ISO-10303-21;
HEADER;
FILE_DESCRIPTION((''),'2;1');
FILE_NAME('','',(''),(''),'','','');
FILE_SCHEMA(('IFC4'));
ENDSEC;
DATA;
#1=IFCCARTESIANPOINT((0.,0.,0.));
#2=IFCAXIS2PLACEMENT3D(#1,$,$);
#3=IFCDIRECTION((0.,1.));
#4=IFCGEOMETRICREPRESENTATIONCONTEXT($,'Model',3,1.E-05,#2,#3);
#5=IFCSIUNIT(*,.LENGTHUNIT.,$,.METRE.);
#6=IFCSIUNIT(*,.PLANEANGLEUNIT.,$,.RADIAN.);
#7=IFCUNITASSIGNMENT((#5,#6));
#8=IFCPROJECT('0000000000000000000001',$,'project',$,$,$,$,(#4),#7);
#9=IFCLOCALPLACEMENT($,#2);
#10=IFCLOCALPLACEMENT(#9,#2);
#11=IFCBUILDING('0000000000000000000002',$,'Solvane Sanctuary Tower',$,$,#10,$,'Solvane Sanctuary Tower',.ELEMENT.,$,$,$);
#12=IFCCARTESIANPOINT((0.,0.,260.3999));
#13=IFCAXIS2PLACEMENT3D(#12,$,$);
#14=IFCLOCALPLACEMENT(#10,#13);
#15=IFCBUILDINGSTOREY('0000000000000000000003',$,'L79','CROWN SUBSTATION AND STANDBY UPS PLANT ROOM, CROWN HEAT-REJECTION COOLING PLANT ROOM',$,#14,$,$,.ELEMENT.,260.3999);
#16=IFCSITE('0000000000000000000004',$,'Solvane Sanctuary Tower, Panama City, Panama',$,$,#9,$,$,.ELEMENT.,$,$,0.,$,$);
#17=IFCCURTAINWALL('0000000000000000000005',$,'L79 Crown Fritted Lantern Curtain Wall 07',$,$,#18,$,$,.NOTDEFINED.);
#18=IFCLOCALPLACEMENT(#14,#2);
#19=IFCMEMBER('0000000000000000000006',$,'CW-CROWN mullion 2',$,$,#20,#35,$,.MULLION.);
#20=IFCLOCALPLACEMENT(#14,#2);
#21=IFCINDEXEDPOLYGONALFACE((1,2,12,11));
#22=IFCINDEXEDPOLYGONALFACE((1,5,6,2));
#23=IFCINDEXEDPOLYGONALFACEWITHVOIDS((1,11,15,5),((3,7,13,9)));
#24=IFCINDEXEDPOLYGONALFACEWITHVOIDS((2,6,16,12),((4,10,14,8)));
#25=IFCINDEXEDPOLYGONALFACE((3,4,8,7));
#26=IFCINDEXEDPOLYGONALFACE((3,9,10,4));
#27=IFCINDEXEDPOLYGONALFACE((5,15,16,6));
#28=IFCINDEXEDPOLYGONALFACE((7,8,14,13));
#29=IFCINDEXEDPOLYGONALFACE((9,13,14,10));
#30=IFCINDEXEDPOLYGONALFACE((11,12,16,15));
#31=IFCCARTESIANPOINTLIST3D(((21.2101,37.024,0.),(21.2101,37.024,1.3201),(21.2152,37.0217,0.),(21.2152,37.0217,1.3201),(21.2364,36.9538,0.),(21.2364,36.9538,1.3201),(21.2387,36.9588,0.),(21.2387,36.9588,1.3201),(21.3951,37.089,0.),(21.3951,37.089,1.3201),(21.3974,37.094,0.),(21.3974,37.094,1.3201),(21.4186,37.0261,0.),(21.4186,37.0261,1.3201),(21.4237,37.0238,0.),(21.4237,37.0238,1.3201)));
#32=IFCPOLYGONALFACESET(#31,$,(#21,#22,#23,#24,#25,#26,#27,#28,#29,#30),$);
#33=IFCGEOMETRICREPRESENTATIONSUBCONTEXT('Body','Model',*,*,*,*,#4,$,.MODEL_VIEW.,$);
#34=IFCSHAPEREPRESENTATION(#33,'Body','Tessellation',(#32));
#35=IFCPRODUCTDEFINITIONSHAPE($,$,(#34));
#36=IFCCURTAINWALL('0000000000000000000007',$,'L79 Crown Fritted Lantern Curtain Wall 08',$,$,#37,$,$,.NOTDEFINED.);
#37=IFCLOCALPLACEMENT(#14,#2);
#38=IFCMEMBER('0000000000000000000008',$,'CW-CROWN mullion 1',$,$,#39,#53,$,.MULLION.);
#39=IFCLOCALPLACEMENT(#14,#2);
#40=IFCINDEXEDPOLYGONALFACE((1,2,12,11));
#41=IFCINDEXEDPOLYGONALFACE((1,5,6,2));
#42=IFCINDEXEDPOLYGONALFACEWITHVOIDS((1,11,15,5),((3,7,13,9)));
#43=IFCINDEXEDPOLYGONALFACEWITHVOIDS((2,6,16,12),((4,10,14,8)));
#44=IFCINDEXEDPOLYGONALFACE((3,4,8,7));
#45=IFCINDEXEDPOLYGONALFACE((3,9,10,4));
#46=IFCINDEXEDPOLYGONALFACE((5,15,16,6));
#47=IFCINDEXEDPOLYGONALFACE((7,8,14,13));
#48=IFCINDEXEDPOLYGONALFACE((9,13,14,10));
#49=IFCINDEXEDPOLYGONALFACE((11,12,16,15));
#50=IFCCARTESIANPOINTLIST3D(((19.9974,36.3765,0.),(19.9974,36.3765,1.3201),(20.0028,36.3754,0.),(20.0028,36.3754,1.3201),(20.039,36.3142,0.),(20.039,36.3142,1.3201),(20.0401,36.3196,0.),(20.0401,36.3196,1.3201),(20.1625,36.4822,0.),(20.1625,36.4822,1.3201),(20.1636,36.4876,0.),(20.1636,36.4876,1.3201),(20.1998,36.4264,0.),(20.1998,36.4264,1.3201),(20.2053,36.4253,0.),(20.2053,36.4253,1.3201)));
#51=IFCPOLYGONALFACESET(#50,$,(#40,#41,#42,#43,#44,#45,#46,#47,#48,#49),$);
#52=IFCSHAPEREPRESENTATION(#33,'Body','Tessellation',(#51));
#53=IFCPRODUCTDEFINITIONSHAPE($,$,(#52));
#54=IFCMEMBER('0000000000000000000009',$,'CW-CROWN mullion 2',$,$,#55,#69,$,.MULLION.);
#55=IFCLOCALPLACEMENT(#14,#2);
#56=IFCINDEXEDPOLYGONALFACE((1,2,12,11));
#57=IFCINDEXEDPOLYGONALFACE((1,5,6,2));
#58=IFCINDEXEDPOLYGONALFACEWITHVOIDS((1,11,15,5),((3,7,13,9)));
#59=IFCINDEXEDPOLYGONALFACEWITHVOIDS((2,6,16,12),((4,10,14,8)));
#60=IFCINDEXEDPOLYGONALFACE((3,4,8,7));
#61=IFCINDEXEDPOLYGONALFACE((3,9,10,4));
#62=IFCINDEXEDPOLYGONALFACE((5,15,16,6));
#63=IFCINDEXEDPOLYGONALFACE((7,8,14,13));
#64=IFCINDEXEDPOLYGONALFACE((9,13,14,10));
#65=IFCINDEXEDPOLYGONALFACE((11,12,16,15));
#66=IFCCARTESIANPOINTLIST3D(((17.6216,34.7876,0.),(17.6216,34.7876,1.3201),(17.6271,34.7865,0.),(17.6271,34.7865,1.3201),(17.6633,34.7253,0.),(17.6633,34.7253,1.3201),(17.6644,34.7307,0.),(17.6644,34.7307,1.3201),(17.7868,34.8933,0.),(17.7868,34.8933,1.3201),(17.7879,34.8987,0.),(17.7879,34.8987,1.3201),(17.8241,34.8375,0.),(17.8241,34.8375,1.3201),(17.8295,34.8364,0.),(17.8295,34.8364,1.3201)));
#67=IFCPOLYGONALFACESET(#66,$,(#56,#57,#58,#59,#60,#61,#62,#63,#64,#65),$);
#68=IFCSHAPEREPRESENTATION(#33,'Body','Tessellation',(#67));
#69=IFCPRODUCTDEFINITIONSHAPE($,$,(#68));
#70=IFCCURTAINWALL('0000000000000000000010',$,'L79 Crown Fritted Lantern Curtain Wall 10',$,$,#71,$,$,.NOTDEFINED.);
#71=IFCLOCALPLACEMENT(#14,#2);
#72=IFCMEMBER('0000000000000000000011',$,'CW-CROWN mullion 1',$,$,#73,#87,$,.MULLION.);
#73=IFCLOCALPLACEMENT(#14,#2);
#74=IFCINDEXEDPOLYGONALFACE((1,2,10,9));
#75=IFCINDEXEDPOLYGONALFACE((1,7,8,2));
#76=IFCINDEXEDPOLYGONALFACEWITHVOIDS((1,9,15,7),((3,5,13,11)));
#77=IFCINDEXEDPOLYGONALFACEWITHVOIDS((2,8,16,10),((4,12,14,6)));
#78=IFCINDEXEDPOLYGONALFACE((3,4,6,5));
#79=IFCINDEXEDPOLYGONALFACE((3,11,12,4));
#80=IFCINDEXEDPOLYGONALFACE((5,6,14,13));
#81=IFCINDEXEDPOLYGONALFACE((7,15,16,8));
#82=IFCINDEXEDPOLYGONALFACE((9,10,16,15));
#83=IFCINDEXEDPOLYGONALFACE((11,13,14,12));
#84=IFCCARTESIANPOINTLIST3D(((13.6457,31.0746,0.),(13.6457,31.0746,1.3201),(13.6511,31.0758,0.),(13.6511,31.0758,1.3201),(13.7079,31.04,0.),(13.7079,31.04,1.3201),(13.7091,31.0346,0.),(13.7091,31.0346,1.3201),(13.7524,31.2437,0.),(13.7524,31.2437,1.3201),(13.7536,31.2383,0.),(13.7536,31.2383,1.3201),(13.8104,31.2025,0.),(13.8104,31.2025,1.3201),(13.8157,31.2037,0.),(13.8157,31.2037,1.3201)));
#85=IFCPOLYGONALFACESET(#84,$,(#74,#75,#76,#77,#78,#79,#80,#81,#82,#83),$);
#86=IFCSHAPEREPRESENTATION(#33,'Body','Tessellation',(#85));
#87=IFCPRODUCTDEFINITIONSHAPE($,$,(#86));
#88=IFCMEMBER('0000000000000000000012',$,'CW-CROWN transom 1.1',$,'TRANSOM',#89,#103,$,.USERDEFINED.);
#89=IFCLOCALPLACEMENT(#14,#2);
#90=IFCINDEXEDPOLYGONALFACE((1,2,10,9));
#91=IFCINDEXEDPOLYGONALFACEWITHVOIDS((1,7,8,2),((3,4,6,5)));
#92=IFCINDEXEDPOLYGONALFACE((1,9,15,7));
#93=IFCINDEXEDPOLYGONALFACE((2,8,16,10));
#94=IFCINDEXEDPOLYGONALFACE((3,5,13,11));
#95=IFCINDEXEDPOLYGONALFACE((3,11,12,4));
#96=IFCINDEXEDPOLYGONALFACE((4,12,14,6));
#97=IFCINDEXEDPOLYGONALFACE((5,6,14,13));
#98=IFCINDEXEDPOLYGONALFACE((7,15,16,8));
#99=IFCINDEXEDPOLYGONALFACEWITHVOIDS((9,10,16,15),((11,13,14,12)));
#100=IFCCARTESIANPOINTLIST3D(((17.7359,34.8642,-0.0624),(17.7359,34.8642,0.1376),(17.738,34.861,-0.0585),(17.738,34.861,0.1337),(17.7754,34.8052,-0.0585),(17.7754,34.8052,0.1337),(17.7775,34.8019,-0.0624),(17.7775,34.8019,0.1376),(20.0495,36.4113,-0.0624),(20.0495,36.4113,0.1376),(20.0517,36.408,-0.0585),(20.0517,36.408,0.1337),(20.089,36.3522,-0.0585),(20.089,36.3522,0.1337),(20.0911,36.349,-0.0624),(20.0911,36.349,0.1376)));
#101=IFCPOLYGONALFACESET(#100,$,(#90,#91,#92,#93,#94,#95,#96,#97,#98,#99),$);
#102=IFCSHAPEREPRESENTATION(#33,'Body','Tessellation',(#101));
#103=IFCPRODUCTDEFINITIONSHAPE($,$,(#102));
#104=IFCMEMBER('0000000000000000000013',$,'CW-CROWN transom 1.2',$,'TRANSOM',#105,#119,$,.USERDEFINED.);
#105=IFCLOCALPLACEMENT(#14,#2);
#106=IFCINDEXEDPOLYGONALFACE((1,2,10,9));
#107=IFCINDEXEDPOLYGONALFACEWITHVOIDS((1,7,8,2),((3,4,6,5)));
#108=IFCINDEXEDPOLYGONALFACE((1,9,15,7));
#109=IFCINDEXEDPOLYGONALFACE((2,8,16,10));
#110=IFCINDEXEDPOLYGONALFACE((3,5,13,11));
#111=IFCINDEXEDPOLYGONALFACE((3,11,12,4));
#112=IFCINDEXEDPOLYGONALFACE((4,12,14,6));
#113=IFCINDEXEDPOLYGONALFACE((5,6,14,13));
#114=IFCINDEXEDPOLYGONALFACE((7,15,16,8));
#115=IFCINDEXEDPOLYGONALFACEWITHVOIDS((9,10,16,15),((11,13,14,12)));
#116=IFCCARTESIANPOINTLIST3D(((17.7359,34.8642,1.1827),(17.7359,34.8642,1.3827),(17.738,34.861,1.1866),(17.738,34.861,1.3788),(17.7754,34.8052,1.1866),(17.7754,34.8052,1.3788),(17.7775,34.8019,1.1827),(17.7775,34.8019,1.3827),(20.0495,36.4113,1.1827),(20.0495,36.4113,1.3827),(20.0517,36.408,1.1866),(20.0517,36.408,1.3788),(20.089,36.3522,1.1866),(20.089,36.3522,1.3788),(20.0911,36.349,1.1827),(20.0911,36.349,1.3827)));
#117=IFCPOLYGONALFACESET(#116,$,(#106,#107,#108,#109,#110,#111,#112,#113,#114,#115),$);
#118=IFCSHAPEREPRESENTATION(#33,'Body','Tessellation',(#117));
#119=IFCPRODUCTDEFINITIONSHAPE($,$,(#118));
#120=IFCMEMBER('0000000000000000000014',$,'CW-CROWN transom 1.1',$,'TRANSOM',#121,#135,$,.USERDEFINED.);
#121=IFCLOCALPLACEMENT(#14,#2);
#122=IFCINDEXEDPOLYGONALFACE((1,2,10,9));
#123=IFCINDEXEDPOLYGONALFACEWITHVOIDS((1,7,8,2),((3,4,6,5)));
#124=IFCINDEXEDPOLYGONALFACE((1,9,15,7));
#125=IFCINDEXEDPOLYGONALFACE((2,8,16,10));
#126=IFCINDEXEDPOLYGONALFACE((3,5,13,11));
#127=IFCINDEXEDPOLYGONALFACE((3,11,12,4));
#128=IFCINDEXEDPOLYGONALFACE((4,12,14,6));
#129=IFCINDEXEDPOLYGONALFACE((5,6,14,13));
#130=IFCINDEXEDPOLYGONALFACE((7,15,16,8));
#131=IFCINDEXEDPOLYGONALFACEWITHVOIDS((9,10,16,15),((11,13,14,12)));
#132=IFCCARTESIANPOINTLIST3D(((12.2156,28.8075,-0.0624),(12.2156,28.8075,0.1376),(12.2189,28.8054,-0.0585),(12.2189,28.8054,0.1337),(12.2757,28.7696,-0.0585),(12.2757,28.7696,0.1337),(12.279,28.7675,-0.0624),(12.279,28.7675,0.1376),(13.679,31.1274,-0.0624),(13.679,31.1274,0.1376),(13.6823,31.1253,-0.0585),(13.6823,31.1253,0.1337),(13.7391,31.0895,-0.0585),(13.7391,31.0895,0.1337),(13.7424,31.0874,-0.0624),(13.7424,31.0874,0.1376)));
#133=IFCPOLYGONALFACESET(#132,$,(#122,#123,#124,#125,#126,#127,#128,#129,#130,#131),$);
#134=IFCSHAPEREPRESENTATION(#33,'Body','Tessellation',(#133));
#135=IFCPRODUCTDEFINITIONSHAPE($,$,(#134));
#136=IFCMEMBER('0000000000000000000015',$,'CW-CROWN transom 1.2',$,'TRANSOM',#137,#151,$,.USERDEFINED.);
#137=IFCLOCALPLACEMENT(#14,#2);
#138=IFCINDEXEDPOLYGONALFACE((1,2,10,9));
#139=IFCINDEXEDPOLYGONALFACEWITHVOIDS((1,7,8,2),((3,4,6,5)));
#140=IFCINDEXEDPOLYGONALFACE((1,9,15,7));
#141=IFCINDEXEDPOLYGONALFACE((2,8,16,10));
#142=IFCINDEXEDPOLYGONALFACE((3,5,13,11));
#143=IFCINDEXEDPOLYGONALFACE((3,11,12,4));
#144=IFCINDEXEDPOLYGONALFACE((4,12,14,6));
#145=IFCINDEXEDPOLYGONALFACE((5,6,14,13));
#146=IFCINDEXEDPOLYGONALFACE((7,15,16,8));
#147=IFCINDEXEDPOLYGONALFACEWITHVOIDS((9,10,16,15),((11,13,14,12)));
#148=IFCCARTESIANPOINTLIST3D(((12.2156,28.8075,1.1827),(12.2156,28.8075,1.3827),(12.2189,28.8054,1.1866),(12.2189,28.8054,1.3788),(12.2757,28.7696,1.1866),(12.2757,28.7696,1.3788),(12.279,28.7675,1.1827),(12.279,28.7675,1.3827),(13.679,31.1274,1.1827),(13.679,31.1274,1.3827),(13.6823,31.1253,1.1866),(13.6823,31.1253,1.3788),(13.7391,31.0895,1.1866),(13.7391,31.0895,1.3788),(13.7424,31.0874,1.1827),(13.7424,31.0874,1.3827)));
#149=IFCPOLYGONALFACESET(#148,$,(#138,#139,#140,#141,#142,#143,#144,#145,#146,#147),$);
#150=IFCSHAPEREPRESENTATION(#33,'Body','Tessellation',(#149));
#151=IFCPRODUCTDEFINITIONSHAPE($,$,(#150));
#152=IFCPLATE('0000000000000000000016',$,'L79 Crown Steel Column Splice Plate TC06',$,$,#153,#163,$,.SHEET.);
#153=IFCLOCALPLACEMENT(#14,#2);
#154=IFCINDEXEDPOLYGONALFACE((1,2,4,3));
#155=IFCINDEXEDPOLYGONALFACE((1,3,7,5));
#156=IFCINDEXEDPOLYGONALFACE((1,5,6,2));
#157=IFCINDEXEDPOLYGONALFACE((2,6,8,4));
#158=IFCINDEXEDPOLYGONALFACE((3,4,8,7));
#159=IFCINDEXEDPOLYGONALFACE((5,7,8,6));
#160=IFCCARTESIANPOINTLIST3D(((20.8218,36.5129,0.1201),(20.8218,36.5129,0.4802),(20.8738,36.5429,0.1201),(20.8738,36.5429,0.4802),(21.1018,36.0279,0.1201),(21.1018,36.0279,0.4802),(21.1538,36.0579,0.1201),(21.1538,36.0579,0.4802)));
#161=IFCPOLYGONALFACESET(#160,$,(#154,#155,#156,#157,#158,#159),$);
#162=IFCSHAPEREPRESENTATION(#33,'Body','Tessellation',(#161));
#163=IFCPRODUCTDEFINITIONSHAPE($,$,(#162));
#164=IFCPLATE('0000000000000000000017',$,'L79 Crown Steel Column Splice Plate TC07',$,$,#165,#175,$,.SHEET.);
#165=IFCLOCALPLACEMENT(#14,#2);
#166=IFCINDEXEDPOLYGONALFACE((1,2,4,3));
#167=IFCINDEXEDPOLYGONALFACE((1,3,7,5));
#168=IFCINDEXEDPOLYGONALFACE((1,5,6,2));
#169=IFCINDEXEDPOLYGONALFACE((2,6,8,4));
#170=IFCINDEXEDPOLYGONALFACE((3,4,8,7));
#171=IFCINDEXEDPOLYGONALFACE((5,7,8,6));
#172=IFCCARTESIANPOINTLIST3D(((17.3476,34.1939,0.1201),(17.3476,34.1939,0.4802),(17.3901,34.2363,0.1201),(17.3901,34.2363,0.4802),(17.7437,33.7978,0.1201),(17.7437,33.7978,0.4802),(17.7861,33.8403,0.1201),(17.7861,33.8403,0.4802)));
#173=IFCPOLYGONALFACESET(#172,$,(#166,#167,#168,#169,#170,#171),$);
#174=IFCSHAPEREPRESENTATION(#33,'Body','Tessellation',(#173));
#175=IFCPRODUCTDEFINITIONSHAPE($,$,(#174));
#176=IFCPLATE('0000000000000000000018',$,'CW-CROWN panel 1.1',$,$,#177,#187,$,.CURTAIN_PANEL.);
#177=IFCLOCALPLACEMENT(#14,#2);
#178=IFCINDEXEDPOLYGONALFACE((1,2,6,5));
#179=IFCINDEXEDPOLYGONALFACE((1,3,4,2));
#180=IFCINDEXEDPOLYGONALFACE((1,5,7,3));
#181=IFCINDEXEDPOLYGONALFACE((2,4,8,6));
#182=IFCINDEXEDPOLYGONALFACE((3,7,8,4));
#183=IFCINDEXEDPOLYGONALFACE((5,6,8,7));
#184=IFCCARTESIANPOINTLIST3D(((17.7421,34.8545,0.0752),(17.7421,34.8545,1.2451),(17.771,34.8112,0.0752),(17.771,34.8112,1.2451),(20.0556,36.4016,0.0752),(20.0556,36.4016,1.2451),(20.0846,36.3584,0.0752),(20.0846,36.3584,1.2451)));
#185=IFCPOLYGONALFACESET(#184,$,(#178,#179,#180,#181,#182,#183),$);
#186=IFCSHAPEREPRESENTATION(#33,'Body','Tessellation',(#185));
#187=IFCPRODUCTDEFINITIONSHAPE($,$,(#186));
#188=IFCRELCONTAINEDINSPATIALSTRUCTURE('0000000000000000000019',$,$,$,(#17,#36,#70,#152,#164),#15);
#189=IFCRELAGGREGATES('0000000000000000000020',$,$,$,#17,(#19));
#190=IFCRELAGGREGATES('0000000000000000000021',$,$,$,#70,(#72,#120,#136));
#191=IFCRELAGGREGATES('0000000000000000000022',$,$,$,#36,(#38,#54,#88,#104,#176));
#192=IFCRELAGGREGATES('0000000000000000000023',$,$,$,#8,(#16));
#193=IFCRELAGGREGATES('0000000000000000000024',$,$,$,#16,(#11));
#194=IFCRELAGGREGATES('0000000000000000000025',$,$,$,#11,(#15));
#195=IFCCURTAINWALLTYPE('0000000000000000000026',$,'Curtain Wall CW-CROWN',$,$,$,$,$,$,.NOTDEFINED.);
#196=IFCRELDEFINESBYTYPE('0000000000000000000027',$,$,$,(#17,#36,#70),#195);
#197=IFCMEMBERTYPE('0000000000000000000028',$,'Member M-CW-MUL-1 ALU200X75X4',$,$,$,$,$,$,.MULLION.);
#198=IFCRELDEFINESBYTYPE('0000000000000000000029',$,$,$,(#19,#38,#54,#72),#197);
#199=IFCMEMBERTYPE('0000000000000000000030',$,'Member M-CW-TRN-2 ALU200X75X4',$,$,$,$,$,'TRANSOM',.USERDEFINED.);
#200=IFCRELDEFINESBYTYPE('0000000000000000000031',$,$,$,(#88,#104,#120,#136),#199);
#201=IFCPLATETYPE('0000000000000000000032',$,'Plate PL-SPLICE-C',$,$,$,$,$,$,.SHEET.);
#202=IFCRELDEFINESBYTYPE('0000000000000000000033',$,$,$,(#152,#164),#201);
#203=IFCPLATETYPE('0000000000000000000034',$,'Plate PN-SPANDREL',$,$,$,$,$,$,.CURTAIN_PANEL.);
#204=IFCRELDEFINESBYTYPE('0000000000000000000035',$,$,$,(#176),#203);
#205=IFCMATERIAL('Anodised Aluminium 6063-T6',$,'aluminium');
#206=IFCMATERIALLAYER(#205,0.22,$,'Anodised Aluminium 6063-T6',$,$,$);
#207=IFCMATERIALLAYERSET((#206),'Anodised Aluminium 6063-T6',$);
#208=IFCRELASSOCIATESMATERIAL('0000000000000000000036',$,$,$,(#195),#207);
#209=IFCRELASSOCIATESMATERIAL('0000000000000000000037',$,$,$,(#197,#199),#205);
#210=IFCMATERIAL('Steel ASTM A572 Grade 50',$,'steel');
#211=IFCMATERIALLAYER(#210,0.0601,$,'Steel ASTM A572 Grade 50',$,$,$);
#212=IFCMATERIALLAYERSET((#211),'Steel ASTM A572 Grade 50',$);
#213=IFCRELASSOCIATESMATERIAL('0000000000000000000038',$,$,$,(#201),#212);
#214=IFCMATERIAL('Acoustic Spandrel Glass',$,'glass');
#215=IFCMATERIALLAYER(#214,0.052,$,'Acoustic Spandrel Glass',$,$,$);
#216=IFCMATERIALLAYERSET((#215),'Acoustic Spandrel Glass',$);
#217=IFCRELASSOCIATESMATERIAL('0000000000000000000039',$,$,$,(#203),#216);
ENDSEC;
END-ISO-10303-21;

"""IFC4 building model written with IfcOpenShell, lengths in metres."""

from ifc_helpers import new_model, si_unit, direction, frame, origin, origin_2d, place, context, subcontext, project, spatial, rectangle, hollow_rectangle, extrude, material, layer, layer_set, material_profile, profile_set, type_object, element, aggregate, save


model = new_model("IFC4")

# Units and contexts
model_context = context("Model", 3, precision=1e-05, world=origin(), true_north=direction((0.0, 1.0)))
body_context = subcontext(model_context, "Body", "Model", "MODEL_VIEW")
ifc_project = project(units=[si_unit("LENGTHUNIT", "METRE"), si_unit("PLANEANGLEUNIT", "RADIAN")], contexts=[model_context])

# Site, building, storey
site_placement = place(None, origin())
site = spatial("IfcSite", under=ifc_project, at=site_placement, Name="Solvane Sanctuary Tower, Panama City, Panama", CompositionType="ELEMENT", RefElevation=0.0)
building_placement = place(site_placement, origin())
building = spatial("IfcBuilding", under=site, at=building_placement, Name="Solvane Sanctuary Tower", LongName="Solvane Sanctuary Tower", CompositionType="ELEMENT")
storey_placement = place(building_placement, frame((0.0, 0.0, 260.3999)))
storey = spatial("IfcBuildingStorey", under=building, at=storey_placement, Name="L79", Description="CROWN SUBSTATION AND STANDBY UPS PLANT ROOM, CROWN HEAT-REJECTION COOLING PLANT ROOM", CompositionType="ELEMENT", Elevation=260.3999)

# Curtain wall, member
ifc_material_1 = material(Name="Anodised Aluminium 6063-T6", Category="aluminium")
ifc_layer_1 = layer(ifc_material_1, 0.22, Name="Anodised Aluminium 6063-T6")
ifc_layer_set_1 = layer_set([ifc_layer_1], Name="Anodised Aluminium 6063-T6")
curtain_wall_type = type_object("IfcCurtainWallType", Name="Curtain Wall CW-CROWN", PredefinedType="NOTDEFINED", material=ifc_layer_set_1)
curtain_wall_1_placement = place(storey_placement, origin())
curtain_wall_1 = element("IfcCurtainWall", 1, at=curtain_wall_1_placement, inside=storey, type_object=curtain_wall_type, Name="L79 Crown Fritted Lantern Curtain Wall 07", PredefinedType="NOTDEFINED")
ifc_material_profile_1 = material_profile(ifc_material_1, hollow_rectangle(XDim=0.075, YDim=0.2, WallThickness=0.0039, at=origin_2d()), Name="ALU200X75X4")
ifc_profile_set_1 = profile_set([ifc_material_profile_1], Name="Anodised Aluminium 6063-T6")
member_type_1 = type_object("IfcMemberType", Name="Member M-CW-MUL-1 ALU200X75X4", PredefinedType="MULLION", material=ifc_profile_set_1)
member_1_placement = place(storey_placement, frame((21.3169, 37.0239, 0.0), z_axis=(0.0, 0.0, 1.0), x_axis=(0.350163, -0.936689, 0.0)))
member_1 = element("IfcMember", 2, at=member_1_placement, type_object=member_type_1, Name="CW-CROWN mullion 2", PredefinedType="MULLION", context=body_context, shape_type="SweptSolid", body=[
    extrude(hollow_rectangle(XDim=0.075, YDim=0.2, WallThickness=0.0039, at=origin_2d()), origin(), (0.0, 0.0, 1.0), 1.3201),
])
aggregate(curtain_wall_1, [member_1])

# Curtain wall, members
curtain_wall_2_placement = place(storey_placement, origin())
curtain_wall_2 = element("IfcCurtainWall", 3, at=curtain_wall_2_placement, inside=storey, type_object=curtain_wall_type, Name="L79 Crown Fritted Lantern Curtain Wall 08", PredefinedType="NOTDEFINED")
member_2_placement = place(storey_placement, frame((20.1013, 36.4009, 0.0), z_axis=(0.0, 0.0, 1.0), x_axis=(0.555895, -0.831252, 0.0)))
member_2 = element("IfcMember", 4, at=member_2_placement, type_object=member_type_1, Name="CW-CROWN mullion 1", PredefinedType="MULLION", context=body_context, shape_type="SweptSolid", body=[
    extrude(hollow_rectangle(XDim=0.075, YDim=0.2, WallThickness=0.0039, at=origin_2d()), origin(), (0.0, 0.0, 1.0), 1.3201),
])
member_3_placement = place(storey_placement, frame((17.7256, 34.812, 0.0), z_axis=(0.0, 0.0, 1.0), x_axis=(0.555895, -0.831252, 0.0)))
member_3 = element("IfcMember", 5, at=member_3_placement, type_object=member_type_1, Name="CW-CROWN mullion 2", PredefinedType="MULLION", context=body_context, shape_type="SweptSolid", body=[
    extrude(hollow_rectangle(XDim=0.075, YDim=0.2, WallThickness=0.0039, at=origin_2d()), origin(), (0.0, 0.0, 1.0), 1.3201),
])

# Curtain wall, member
curtain_wall_3_placement = place(storey_placement, origin())
curtain_wall_3 = element("IfcCurtainWall", 6, at=curtain_wall_3_placement, inside=storey, type_object=curtain_wall_type, Name="L79 Crown Fritted Lantern Curtain Wall 10", PredefinedType="NOTDEFINED")
member_4_placement = place(storey_placement, frame((13.7307, 31.1392, 0.0), z_axis=(0.0, 0.0, 1.0), x_axis=(0.845808, -0.533487, 0.0)))
member_4 = element("IfcMember", 7, at=member_4_placement, type_object=member_type_1, Name="CW-CROWN mullion 1", PredefinedType="MULLION", context=body_context, shape_type="SweptSolid", body=[
    extrude(hollow_rectangle(XDim=0.075, YDim=0.2, WallThickness=0.0039, at=origin_2d()), origin(), (0.0, 0.0, 1.0), 1.3201),
])

# Members
ifc_material_profile_2 = material_profile(ifc_material_1, hollow_rectangle(XDim=0.075, YDim=0.2, WallThickness=0.0039, at=origin_2d()), Name="ALU200X75X4")
ifc_profile_set_2 = profile_set([ifc_material_profile_2], Name="Anodised Aluminium 6063-T6")
member_type_2 = type_object("IfcMemberType", Name="Member M-CW-TRN-2 ALU200X75X4", ElementType="TRANSOM", PredefinedType="USERDEFINED", material=ifc_profile_set_2)
member_5_placement = place(storey_placement, frame((20.0703, 36.3801, 0.0376), z_axis=(-0.83128, -0.555853, 0.0), x_axis=(0.555853, -0.83128, 0.0)))
member_5 = element("IfcMember", 8, at=member_5_placement, type_object=member_type_2, Name="CW-CROWN transom 1.1", ObjectType="TRANSOM", PredefinedType="USERDEFINED", context=body_context, shape_type="SweptSolid", body=[
    extrude(hollow_rectangle(XDim=0.075, YDim=0.2, WallThickness=0.0039, at=origin_2d()), origin(), (0.0, 0.0, 1.0), 2.7832),
])
member_6_placement = place(storey_placement, frame((20.0703, 36.3801, 1.2827), z_axis=(-0.83128, -0.555853, 0.0), x_axis=(0.555853, -0.83128, 0.0)))
member_6 = element("IfcMember", 9, at=member_6_placement, type_object=member_type_2, Name="CW-CROWN transom 1.2", ObjectType="TRANSOM", PredefinedType="USERDEFINED", context=body_context, shape_type="SweptSolid", body=[
    extrude(hollow_rectangle(XDim=0.075, YDim=0.2, WallThickness=0.0039, at=origin_2d()), origin(), (0.0, 0.0, 1.0), 2.7832),
])
member_7_placement = place(storey_placement, frame((13.7107, 31.1074, 0.0376), z_axis=(-0.533531, -0.845781, 0.0), x_axis=(0.845781, -0.533531, 0.0)))
member_7 = element("IfcMember", 10, at=member_7_placement, type_object=member_type_2, Name="CW-CROWN transom 1.1", ObjectType="TRANSOM", PredefinedType="USERDEFINED", context=body_context, shape_type="SweptSolid", body=[
    extrude(hollow_rectangle(XDim=0.075, YDim=0.2, WallThickness=0.0039, at=origin_2d()), origin(), (0.0, 0.0, 1.0), 2.7429),
])
member_8_placement = place(storey_placement, frame((13.7107, 31.1074, 1.2827), z_axis=(-0.533531, -0.845781, 0.0), x_axis=(0.845781, -0.533531, 0.0)))
member_8 = element("IfcMember", 11, at=member_8_placement, type_object=member_type_2, Name="CW-CROWN transom 1.2", ObjectType="TRANSOM", PredefinedType="USERDEFINED", context=body_context, shape_type="SweptSolid", body=[
    extrude(hollow_rectangle(XDim=0.075, YDim=0.2, WallThickness=0.0039, at=origin_2d()), origin(), (0.0, 0.0, 1.0), 2.7429),
])
aggregate(curtain_wall_3, [member_4, member_7, member_8])

# Plates
ifc_material_2 = material(Name="Steel ASTM A572 Grade 50", Category="steel")
ifc_layer_2 = layer(ifc_material_2, 0.0601, Name="Steel ASTM A572 Grade 50")
ifc_layer_set_2 = layer_set([ifc_layer_2], Name="Steel ASTM A572 Grade 50")
plate_type_1 = type_object("IfcPlateType", Name="Plate PL-SPLICE-C", PredefinedType="SHEET", material=ifc_layer_set_2)
for number, where, z_axis, x_axis, name in (
    (12, (20.9878, 36.2854, 0.1201), (0.0, 0.0, 1.0), (-0.5, 0.866025, 0.0), "L79 Crown Steel Column Splice Plate TC06"),
    (13, (17.5669, 34.0171, 0.1201), (0.0, 0.0, 1.0), (-0.707107, 0.707107, 0.0), "L79 Crown Steel Column Splice Plate TC07"),
):
    element("IfcPlate", number, at=place(storey_placement, frame(where, z_axis=z_axis, x_axis=x_axis)), inside=storey, type_object=plate_type_1, Name=name, PredefinedType="SHEET", context=body_context, shape_type="SweptSolid", body=[
        extrude(rectangle(XDim=0.5601, YDim=0.0601, at=origin_2d()), origin(), (0.0, 0.0, 1.0), 0.3601),
    ])

# Plate
ifc_material_3 = material(Name="Acoustic Spandrel Glass", Category="glass")
ifc_layer_3 = layer(ifc_material_3, 0.052, Name="Acoustic Spandrel Glass")
ifc_layer_set_3 = layer_set([ifc_layer_3], Name="Acoustic Spandrel Glass")
plate_type_2 = type_object("IfcPlateType", Name="Plate PN-SPANDREL", PredefinedType="CURTAIN_PANEL", material=ifc_layer_set_3)
plate_placement = place(storey_placement, frame((18.9133, 35.6064, 0.0752), z_axis=(0.0, 0.0, 1.0), x_axis=(-0.831252, -0.555895, 0.0)))
plate = element("IfcPlate", 14, at=plate_placement, type_object=plate_type_2, Name="CW-CROWN panel 1.1", PredefinedType="CURTAIN_PANEL", context=body_context, shape_type="SweptSolid", body=[
    extrude(rectangle(XDim=2.7832, YDim=0.052, at=origin_2d()), origin(), (0.0, 0.0, 1.0), 1.1699),
])
aggregate(curtain_wall_2, [member_2, member_3, member_5, member_6, plate])

save(model, "model.ifc")
